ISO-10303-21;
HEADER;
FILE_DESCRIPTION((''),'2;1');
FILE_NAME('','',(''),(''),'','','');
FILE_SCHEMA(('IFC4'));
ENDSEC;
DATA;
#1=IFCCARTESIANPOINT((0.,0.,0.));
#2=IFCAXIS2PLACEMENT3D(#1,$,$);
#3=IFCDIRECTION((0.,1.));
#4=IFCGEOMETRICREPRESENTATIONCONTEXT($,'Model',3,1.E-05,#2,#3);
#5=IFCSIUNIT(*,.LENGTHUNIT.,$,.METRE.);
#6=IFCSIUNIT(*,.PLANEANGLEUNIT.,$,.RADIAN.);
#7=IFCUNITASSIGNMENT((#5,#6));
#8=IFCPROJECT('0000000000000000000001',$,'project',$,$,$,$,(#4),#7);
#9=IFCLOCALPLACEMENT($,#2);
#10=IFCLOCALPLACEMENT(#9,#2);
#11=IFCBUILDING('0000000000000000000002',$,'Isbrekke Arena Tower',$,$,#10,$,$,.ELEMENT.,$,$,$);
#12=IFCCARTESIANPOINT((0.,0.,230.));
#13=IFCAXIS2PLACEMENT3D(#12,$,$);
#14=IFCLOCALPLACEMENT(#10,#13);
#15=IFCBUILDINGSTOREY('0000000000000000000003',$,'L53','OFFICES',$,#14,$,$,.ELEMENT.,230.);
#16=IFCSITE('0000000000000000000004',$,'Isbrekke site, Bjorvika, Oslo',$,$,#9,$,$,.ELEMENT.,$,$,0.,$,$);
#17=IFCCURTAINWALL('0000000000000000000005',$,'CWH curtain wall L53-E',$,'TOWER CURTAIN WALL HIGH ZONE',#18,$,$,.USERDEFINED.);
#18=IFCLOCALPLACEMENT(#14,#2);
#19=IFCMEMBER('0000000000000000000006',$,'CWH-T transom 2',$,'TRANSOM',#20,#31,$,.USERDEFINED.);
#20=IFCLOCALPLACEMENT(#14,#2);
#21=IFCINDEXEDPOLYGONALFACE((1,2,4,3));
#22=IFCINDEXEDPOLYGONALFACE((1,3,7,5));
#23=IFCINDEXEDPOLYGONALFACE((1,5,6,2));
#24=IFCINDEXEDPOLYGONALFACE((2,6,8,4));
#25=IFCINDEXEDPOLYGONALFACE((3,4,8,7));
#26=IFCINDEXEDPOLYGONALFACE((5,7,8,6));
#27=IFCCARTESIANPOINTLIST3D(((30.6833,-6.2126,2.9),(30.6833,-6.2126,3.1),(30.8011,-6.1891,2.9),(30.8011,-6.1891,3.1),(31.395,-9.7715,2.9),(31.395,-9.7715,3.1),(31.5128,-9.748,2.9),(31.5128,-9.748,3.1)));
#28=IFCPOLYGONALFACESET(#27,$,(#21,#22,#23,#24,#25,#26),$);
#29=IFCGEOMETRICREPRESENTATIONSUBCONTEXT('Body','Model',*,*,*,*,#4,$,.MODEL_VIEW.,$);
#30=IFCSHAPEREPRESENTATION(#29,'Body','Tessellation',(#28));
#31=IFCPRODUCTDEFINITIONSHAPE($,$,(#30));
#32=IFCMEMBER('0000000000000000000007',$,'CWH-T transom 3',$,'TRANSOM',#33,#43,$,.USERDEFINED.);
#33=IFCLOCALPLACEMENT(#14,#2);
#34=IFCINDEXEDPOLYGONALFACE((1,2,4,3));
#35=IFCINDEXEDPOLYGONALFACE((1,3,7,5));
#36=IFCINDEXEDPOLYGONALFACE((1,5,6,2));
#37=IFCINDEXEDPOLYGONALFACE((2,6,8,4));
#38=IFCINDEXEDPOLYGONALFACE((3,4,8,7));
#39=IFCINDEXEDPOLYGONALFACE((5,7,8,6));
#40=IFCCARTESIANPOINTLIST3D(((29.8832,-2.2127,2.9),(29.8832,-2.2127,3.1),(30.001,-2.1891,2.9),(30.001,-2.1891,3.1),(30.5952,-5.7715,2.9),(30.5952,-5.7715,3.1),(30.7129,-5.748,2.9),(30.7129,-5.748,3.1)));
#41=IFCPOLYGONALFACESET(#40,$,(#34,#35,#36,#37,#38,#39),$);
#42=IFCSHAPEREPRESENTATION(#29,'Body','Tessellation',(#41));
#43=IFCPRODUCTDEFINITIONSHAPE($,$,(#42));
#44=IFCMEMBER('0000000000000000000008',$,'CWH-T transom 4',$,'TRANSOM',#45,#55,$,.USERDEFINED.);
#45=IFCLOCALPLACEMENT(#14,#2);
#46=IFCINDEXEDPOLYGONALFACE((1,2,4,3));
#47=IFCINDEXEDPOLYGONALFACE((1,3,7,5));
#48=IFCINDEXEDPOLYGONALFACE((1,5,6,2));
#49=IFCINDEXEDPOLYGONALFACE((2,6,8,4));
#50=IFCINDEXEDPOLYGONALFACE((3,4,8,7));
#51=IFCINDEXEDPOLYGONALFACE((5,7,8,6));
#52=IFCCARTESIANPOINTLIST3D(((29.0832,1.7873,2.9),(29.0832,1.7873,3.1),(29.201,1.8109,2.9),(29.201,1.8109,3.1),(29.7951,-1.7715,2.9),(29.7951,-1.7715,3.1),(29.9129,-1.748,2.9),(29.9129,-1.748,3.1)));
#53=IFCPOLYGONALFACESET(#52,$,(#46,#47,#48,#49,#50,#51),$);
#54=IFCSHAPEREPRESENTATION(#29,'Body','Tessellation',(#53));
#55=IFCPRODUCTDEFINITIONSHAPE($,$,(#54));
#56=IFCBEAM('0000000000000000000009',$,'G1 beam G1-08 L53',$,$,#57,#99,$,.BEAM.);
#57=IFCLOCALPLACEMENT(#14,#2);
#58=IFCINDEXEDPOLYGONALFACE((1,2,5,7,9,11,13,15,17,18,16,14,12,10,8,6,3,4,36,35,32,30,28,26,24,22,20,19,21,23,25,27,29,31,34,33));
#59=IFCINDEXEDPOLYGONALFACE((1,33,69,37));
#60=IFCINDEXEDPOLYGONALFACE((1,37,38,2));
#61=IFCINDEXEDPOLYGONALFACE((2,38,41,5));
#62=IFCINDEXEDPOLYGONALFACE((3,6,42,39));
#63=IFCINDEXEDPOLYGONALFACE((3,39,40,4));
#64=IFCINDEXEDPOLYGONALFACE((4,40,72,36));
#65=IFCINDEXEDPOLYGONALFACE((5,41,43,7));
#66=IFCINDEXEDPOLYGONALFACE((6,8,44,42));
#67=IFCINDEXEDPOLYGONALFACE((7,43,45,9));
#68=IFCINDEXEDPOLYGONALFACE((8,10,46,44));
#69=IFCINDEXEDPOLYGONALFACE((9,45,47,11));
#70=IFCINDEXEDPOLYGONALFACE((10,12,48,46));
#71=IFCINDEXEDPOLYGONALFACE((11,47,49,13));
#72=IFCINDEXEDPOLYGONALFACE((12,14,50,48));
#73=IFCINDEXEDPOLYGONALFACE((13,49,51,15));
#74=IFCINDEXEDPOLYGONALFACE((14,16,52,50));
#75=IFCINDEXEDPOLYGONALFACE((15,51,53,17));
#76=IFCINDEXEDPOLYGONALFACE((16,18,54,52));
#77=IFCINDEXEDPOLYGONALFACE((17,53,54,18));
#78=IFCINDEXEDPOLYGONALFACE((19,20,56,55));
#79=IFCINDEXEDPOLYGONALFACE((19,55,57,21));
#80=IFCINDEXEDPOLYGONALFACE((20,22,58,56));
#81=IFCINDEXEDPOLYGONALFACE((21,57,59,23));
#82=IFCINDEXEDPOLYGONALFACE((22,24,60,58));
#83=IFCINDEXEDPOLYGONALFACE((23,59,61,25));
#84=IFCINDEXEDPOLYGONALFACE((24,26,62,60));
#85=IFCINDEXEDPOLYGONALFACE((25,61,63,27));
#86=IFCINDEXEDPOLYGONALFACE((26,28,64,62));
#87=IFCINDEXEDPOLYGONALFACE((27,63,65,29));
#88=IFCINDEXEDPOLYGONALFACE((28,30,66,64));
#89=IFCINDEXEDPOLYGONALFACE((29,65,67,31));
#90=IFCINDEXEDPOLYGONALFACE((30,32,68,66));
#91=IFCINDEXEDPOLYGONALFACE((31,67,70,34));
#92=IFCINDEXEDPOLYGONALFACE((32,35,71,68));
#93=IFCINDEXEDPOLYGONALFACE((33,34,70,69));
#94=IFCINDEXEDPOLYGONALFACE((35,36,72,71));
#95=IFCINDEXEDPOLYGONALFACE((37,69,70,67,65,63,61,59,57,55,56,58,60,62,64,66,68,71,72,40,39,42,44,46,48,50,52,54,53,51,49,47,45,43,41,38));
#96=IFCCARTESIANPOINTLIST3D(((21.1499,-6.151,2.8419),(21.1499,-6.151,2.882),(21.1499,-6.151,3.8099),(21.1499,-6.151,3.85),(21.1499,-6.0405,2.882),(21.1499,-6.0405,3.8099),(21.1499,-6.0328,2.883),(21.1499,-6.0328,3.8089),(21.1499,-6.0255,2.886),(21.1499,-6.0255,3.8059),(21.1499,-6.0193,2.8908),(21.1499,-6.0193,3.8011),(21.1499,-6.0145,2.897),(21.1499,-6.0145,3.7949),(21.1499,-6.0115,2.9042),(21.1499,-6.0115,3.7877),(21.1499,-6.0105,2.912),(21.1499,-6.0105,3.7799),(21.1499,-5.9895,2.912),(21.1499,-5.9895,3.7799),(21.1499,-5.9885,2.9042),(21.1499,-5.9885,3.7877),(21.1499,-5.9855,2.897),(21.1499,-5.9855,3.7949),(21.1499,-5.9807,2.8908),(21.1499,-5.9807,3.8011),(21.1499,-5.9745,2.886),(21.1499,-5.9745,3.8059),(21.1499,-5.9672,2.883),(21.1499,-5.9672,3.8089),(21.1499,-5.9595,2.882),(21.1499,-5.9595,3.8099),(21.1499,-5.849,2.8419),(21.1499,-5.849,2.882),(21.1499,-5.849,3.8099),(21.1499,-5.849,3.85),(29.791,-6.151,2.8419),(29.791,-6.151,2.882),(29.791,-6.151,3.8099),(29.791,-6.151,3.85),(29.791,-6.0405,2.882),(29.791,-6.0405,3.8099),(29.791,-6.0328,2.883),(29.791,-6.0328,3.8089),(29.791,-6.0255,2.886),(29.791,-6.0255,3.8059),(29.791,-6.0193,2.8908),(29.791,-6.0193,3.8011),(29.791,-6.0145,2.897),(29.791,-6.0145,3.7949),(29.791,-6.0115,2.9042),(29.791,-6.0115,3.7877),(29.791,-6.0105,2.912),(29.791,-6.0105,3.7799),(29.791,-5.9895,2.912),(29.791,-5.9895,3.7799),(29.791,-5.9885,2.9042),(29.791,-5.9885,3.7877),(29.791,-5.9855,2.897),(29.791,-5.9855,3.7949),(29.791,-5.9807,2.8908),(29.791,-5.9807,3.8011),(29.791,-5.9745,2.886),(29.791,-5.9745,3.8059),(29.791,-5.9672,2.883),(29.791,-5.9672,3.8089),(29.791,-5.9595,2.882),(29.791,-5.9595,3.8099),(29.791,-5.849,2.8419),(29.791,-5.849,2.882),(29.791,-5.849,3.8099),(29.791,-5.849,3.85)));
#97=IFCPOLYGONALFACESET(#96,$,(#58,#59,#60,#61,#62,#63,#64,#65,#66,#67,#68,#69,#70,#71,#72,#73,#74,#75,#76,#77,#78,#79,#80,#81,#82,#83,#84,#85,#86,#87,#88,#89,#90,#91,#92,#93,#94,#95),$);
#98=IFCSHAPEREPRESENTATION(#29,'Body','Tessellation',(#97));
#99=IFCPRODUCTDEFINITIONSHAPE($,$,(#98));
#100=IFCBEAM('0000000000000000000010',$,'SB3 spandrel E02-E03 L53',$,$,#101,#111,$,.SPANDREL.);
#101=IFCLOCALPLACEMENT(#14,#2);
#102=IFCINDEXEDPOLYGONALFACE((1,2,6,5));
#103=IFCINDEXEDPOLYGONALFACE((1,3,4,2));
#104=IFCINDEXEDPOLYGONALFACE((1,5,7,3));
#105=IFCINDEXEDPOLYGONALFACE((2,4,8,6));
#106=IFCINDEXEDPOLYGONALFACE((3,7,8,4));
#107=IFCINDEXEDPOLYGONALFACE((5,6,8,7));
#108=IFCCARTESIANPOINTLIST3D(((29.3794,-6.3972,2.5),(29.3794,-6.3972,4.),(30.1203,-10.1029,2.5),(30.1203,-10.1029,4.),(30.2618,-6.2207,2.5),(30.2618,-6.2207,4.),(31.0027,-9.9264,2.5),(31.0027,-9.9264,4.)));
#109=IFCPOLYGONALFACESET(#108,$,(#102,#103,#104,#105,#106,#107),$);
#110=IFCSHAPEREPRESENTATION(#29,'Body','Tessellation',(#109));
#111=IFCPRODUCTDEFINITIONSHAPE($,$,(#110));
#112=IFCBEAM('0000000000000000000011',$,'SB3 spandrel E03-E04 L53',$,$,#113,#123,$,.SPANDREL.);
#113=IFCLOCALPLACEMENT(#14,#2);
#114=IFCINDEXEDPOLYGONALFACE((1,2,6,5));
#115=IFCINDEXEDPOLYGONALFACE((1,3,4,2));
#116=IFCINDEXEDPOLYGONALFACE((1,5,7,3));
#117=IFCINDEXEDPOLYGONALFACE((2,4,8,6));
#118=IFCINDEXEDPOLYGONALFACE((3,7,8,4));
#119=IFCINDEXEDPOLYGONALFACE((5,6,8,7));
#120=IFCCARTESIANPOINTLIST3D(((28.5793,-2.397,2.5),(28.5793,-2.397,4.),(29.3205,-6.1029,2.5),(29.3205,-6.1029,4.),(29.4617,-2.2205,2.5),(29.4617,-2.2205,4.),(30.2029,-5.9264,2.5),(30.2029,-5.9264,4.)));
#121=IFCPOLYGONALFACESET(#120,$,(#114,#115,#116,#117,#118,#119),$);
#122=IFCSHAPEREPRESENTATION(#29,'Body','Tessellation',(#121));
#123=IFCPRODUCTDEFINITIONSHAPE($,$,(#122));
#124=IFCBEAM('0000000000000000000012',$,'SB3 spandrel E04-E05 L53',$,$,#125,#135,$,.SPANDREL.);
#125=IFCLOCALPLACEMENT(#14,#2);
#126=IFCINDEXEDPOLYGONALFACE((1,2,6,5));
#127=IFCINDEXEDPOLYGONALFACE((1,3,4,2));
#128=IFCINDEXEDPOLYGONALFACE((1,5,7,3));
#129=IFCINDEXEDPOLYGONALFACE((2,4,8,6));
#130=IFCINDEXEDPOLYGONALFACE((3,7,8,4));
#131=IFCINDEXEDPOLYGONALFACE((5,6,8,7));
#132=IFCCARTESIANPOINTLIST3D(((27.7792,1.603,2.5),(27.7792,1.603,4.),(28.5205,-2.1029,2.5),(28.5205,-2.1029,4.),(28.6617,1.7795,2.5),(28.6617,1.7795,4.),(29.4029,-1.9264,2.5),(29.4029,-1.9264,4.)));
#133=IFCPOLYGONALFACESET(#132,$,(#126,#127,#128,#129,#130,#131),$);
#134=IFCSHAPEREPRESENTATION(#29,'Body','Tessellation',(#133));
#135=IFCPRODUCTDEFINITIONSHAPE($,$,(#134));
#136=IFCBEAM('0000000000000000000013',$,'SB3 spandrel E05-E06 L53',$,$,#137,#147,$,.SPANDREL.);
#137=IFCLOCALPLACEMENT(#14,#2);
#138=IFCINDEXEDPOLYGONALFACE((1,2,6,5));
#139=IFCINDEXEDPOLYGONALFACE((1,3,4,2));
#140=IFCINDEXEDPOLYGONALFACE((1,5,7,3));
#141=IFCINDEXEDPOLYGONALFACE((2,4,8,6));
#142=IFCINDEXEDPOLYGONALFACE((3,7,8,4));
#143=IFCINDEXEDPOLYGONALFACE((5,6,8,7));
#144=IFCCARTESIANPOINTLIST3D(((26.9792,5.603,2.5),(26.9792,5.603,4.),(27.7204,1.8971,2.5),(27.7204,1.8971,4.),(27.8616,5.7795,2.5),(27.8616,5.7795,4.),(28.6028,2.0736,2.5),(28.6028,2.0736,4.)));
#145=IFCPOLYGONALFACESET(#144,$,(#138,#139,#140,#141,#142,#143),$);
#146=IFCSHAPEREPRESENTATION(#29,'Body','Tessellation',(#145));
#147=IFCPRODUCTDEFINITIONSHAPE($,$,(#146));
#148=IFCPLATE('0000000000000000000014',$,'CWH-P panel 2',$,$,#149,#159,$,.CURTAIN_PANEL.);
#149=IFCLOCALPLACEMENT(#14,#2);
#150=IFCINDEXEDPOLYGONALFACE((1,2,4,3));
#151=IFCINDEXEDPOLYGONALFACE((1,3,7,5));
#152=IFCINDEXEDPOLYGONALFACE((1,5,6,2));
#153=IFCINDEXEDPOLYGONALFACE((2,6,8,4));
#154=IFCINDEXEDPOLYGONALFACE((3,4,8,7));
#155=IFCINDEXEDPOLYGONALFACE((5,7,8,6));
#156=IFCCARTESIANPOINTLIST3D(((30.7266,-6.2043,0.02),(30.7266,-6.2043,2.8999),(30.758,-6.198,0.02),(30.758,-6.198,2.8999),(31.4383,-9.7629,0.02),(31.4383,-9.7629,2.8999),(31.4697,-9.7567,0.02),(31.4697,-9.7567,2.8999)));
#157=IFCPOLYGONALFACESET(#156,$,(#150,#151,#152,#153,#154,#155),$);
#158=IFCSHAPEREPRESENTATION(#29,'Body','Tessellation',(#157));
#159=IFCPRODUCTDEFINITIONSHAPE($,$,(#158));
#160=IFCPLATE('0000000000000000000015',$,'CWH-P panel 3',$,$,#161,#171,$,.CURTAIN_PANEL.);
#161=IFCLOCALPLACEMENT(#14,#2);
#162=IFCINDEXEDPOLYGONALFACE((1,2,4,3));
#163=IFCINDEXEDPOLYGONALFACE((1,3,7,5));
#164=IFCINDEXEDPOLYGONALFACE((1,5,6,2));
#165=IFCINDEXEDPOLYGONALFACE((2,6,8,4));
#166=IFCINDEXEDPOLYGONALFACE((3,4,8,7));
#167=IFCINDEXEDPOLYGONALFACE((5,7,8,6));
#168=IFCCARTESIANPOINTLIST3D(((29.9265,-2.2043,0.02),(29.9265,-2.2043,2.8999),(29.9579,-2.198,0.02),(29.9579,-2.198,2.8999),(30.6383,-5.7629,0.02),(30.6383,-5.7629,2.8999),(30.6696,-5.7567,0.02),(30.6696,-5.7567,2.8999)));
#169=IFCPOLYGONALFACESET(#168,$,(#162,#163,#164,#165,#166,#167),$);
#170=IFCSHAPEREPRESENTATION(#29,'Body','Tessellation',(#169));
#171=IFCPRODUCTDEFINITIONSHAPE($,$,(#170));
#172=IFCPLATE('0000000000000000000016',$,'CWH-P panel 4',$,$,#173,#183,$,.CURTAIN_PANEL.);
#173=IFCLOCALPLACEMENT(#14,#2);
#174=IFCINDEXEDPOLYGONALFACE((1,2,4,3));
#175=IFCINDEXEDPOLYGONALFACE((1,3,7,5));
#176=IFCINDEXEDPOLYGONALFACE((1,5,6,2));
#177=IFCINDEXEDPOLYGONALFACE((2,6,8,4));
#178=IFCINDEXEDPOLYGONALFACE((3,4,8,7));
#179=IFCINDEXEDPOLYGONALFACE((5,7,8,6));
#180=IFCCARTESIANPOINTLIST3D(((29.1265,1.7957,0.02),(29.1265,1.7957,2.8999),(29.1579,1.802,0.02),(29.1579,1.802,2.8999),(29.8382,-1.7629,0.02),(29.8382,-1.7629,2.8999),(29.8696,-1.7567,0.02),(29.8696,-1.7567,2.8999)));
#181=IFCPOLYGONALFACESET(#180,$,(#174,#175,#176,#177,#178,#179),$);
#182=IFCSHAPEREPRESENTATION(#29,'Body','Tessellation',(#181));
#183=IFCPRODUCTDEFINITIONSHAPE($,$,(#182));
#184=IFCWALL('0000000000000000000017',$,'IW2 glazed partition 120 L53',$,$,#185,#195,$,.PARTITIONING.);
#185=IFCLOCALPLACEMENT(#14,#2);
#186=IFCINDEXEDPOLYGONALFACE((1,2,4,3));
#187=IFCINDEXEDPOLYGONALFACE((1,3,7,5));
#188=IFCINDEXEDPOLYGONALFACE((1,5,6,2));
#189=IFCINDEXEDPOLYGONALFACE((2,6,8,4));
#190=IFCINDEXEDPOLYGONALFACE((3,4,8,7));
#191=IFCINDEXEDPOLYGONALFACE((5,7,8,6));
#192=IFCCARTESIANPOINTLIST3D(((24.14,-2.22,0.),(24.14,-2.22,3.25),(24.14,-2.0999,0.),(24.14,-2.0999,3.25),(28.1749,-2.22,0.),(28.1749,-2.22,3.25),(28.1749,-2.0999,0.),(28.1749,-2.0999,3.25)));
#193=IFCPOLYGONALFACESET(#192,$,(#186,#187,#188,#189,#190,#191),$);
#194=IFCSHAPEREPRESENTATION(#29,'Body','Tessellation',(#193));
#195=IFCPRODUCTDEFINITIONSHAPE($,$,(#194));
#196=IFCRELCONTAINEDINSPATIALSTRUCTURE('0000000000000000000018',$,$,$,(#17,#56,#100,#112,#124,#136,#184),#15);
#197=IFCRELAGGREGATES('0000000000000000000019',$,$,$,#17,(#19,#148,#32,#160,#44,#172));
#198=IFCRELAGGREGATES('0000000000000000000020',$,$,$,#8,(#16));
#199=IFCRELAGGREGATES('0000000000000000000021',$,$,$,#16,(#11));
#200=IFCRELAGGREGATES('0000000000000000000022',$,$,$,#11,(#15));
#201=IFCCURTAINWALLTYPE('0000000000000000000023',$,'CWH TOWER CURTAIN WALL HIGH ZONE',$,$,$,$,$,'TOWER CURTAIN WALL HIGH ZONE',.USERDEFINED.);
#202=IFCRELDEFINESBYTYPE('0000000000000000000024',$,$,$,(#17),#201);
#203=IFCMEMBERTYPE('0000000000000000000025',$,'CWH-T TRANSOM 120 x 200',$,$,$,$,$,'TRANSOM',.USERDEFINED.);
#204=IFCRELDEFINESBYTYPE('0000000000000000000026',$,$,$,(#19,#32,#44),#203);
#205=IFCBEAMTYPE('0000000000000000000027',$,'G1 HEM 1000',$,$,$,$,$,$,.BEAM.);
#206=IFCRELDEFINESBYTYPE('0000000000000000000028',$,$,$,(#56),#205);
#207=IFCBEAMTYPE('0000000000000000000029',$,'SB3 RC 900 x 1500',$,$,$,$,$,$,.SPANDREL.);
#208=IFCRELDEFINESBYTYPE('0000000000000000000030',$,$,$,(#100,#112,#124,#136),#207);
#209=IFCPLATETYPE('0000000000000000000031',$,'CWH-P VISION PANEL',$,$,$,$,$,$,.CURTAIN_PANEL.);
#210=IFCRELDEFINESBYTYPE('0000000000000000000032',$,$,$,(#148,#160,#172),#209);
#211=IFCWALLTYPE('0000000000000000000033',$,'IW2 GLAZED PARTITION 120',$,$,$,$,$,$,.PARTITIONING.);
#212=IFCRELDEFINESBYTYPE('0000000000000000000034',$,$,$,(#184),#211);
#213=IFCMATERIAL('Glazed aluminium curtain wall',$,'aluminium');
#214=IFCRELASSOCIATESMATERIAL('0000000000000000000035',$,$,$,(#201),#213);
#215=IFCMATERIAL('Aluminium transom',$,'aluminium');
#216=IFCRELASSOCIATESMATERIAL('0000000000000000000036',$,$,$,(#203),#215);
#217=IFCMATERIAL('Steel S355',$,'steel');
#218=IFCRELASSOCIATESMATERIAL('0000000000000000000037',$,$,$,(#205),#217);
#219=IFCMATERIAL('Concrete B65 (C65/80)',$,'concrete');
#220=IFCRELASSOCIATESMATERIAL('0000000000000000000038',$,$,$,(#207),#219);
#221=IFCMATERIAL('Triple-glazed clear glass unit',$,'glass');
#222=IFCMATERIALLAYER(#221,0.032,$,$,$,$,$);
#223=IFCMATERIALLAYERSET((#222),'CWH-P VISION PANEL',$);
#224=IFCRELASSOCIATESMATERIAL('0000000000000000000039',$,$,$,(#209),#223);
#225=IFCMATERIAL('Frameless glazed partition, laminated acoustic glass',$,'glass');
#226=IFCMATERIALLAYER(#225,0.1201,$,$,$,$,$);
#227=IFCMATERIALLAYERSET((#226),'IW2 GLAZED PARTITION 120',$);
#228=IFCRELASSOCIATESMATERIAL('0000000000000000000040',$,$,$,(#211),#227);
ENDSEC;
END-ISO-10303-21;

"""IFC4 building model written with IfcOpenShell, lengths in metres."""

from ifc_helpers import new_model, si_unit, direction, frame, frame_2d, origin, origin_2d, place, context, subcontext, project, spatial, rectangle, i_section, extrude, material, layer, layer_set, material_profile, profile_set, type_object, element, aggregate, save


model = new_model("IFC4")

# Units and contexts
model_context = context("Model", 3, precision=1e-05, world=origin(), true_north=direction((0.0, 1.0)))
body_context = subcontext(model_context, "Body", "Model", "MODEL_VIEW")
ifc_project = project(units=[si_unit("LENGTHUNIT", "METRE"), si_unit("PLANEANGLEUNIT", "RADIAN")], contexts=[model_context])

# Site, building, storey
site_placement = place(None, origin())
site = spatial("IfcSite", under=ifc_project, at=site_placement, Name="Isbrekke site, Bjorvika, Oslo", CompositionType="ELEMENT", RefElevation=0.0)
building_placement = place(site_placement, origin())
building = spatial("IfcBuilding", under=site, at=building_placement, Name="Isbrekke Arena Tower", CompositionType="ELEMENT")
storey_placement = place(building_placement, frame((0.0, 0.0, 230.0)))
storey = spatial("IfcBuildingStorey", under=building, at=storey_placement, Name="L53", Description="OFFICES", CompositionType="ELEMENT", Elevation=230.0)

# Curtain wall, members
ifc_material_1 = material(Name="Glazed aluminium curtain wall", Category="aluminium")
curtain_wall_type = type_object("IfcCurtainWallType", Name="CWH TOWER CURTAIN WALL HIGH ZONE", ElementType="TOWER CURTAIN WALL HIGH ZONE", PredefinedType="USERDEFINED", material=ifc_material_1)
curtain_wall_placement = place(storey_placement, origin())
curtain_wall = element("IfcCurtainWall", 1, at=curtain_wall_placement, inside=storey, type_object=curtain_wall_type, Name="CWH curtain wall L53-E", ObjectType="TOWER CURTAIN WALL HIGH ZONE", PredefinedType="USERDEFINED")
ifc_material_2 = material(Name="Aluminium transom", Category="aluminium")
ifc_material_profile_1 = material_profile(ifc_material_2, rectangle(XDim=0.1201, YDim=0.2, at=origin_2d()), Name="TRANSOM 120X200")
ifc_profile_set_1 = profile_set([ifc_material_profile_1], Name="Aluminium transom")
member_type_1 = type_object("IfcMemberType", Name="CWH-T TRANSOM 120 x 200", ElementType="TRANSOM", PredefinedType="USERDEFINED", material=ifc_profile_set_1)
member_1_placement = place(storey_placement, frame((31.4539, -9.7598, 3.0), z_axis=(-0.19609, 0.980586, 0.0), x_axis=(-0.980586, -0.19609, 0.0)))
member_1 = element("IfcMember", 2, at=member_1_placement, type_object=member_type_1, Name="CWH-T transom 2", ObjectType="TRANSOM", PredefinedType="USERDEFINED", context=body_context, shape_type="SweptSolid", body=[
    extrude(rectangle(XDim=0.1201, YDim=0.2, at=origin_2d()), origin(), (0.0, 0.0, 1.0), 3.6294),
])
member_2_placement = place(storey_placement, frame((30.6541, -5.7598, 3.0), z_axis=(-0.196155, 0.980573, 0.0), x_axis=(-0.980573, -0.196155, 0.0)))
member_2 = element("IfcMember", 3, at=member_2_placement, type_object=member_type_1, Name="CWH-T transom 3", ObjectType="TRANSOM", PredefinedType="USERDEFINED", context=body_context, shape_type="SweptSolid", body=[
    extrude(rectangle(XDim=0.1201, YDim=0.2, at=origin_2d()), origin(), (0.0, 0.0, 1.0), 3.6294),
])
member_3_placement = place(storey_placement, frame((29.854, -1.7598, 3.0), z_axis=(-0.196155, 0.980573, 0.0), x_axis=(-0.980573, -0.196155, 0.0)))
member_3 = element("IfcMember", 4, at=member_3_placement, type_object=member_type_1, Name="CWH-T transom 4", ObjectType="TRANSOM", PredefinedType="USERDEFINED", context=body_context, shape_type="SweptSolid", body=[
    extrude(rectangle(XDim=0.1201, YDim=0.2, at=origin_2d()), origin(), (0.0, 0.0, 1.0), 3.6294),
])

# Beams
ifc_material_3 = material(Name="Steel S355", Category="steel")
ifc_material_profile_2 = material_profile(ifc_material_3, i_section(OverallWidth=0.302, OverallDepth=1.0081, WebThickness=0.021, FlangeThickness=0.04, FilletRadius=0.03, at=origin_2d()), Name="HEM 1000")
ifc_profile_set_2 = profile_set([ifc_material_profile_2], Name="Steel S355")
beam_type_1 = type_object("IfcBeamType", Name="G1 HEM 1000", PredefinedType="BEAM", material=ifc_profile_set_2)
beam_1_placement = place(storey_placement, frame((21.1499, -6.0, 3.3459), z_axis=(1.0, 0.0, 0.0), x_axis=(0.0, 1.0, 0.0)))
element("IfcBeam", 5, at=beam_1_placement, inside=storey, type_object=beam_type_1, Name="G1 beam G1-08 L53", PredefinedType="BEAM", context=body_context, shape_type="SweptSolid", body=[
    extrude(i_section(OverallWidth=0.302, OverallDepth=1.0081, WebThickness=0.021, FlangeThickness=0.04, FilletRadius=0.03, at=origin_2d()), origin(), (0.0, 0.0, 1.0), 8.6411),
])
ifc_material_4 = material(Name="Concrete B65 (C65/80)", Category="concrete")
ifc_material_profile_3 = material_profile(ifc_material_4, rectangle(XDim=0.8999, YDim=1.5, at=origin_2d()), Name="RC 900x1500")
ifc_profile_set_3 = profile_set([ifc_material_profile_3], Name="Concrete B65 (C65/80)")
beam_type_2 = type_object("IfcBeamType", Name="SB3 RC 900 x 1500", PredefinedType="SPANDREL", material=ifc_profile_set_3)
beam_2_placement = place(storey_placement, frame((30.5615, -10.0146, 3.25), z_axis=(-0.196066, 0.980591, 0.0), x_axis=(-0.980591, -0.196066, 0.0)))
element("IfcBeam", 6, at=beam_2_placement, inside=storey, type_object=beam_type_2, Name="SB3 spandrel E02-E03 L53", PredefinedType="SPANDREL", context=body_context, shape_type="SweptSolid", body=[
    extrude(rectangle(XDim=0.8999, YDim=1.5, at=origin_2d()), origin(), (0.0, 0.0, 1.0), 3.7791),
])
for number, where, z_axis, x_axis, name in (
    (7, (29.7617, -6.0146, 3.25), (-0.196129, 0.980578, 0.0), (-0.980578, -0.196129, 0.0), "SB3 spandrel E03-E04 L53"),
    (8, (28.9617, -2.0146, 3.25), (-0.196129, 0.980578, 0.0), (-0.980578, -0.196129, 0.0), "SB3 spandrel E04-E05 L53"),
    (9, (28.1616, 1.9854, 3.25), (-0.196129, 0.980578, 0.0), (-0.980578, -0.196129, 0.0), "SB3 spandrel E05-E06 L53"),
):
    element("IfcBeam", number, at=place(storey_placement, frame(where, z_axis=z_axis, x_axis=x_axis)), inside=storey, type_object=beam_type_2, Name=name, PredefinedType="SPANDREL", context=body_context, shape_type="SweptSolid", body=[
        extrude(rectangle(XDim=0.8999, YDim=1.5, at=origin_2d()), origin(), (0.0, 0.0, 1.0), 3.7793),
    ])

# Plates
ifc_material_5 = material(Name="Triple-glazed clear glass unit", Category="glass")
ifc_layer_1 = layer(ifc_material_5, 0.032)
ifc_layer_set_1 = layer_set([ifc_layer_1], Name="CWH-P VISION PANEL")
plate_type = type_object("IfcPlateType", Name="CWH-P VISION PANEL", PredefinedType="CURTAIN_PANEL", material=ifc_layer_set_1)
plate_1_placement = place(storey_placement, frame((31.0981, -7.9805, 0.02), z_axis=(0.0, 0.0, 1.0), x_axis=(-0.196116, 0.980581, 0.0)))
plate_1 = element("IfcPlate", 10, at=plate_1_placement, type_object=plate_type, Name="CWH-P panel 2", PredefinedType="CURTAIN_PANEL", context=body_context, shape_type="SweptSolid", body=[
    extrude(rectangle(XDim=3.6292, YDim=0.032, at=origin_2d()), origin(), (0.0, 0.0, 1.0), 2.8799),
])
plate_2_placement = place(storey_placement, frame((30.2981, -3.9805, 0.02), z_axis=(0.0, 0.0, 1.0), x_axis=(-0.196116, 0.980581, 0.0)))
plate_2 = element("IfcPlate", 11, at=plate_2_placement, type_object=plate_type, Name="CWH-P panel 3", PredefinedType="CURTAIN_PANEL", context=body_context, shape_type="SweptSolid", body=[
    extrude(rectangle(XDim=3.6292, YDim=0.032, at=origin_2d()), origin(), (0.0, 0.0, 1.0), 2.8799),
])
plate_3_placement = place(storey_placement, frame((29.498, 0.0195, 0.02), z_axis=(0.0, 0.0, 1.0), x_axis=(-0.196116, 0.980581, 0.0)))
plate_3 = element("IfcPlate", 12, at=plate_3_placement, type_object=plate_type, Name="CWH-P panel 4", PredefinedType="CURTAIN_PANEL", context=body_context, shape_type="SweptSolid", body=[
    extrude(rectangle(XDim=3.6292, YDim=0.032, at=origin_2d()), origin(), (0.0, 0.0, 1.0), 2.8799),
])
aggregate(curtain_wall, [member_1, plate_1, member_2, plate_2, member_3, plate_3])

# Wall
ifc_material_6 = material(Name="Frameless glazed partition, laminated acoustic glass", Category="glass")
ifc_layer_2 = layer(ifc_material_6, 0.1201)
ifc_layer_set_2 = layer_set([ifc_layer_2], Name="IW2 GLAZED PARTITION 120")
wall_type = type_object("IfcWallType", Name="IW2 GLAZED PARTITION 120", PredefinedType="PARTITIONING", material=ifc_layer_set_2)
wall_1_placement = place(storey_placement, frame((24.1399, -2.1599, 0.0), z_axis=(0.0, 0.0, 1.0), x_axis=(1.0, 0.0, 0.0)))
element("IfcWall", 13, at=wall_1_placement, inside=storey, type_object=wall_type, Name="IW2 glazed partition 120 L53", PredefinedType="PARTITIONING", context=body_context, shape_type="SweptSolid", body=[
    extrude(rectangle(XDim=4.0349, YDim=0.1201, at=frame_2d((2.0176, 0.0))), origin(), (0.0, 0.0, 1.0), 3.25),
])

save(model, "model.ifc")
